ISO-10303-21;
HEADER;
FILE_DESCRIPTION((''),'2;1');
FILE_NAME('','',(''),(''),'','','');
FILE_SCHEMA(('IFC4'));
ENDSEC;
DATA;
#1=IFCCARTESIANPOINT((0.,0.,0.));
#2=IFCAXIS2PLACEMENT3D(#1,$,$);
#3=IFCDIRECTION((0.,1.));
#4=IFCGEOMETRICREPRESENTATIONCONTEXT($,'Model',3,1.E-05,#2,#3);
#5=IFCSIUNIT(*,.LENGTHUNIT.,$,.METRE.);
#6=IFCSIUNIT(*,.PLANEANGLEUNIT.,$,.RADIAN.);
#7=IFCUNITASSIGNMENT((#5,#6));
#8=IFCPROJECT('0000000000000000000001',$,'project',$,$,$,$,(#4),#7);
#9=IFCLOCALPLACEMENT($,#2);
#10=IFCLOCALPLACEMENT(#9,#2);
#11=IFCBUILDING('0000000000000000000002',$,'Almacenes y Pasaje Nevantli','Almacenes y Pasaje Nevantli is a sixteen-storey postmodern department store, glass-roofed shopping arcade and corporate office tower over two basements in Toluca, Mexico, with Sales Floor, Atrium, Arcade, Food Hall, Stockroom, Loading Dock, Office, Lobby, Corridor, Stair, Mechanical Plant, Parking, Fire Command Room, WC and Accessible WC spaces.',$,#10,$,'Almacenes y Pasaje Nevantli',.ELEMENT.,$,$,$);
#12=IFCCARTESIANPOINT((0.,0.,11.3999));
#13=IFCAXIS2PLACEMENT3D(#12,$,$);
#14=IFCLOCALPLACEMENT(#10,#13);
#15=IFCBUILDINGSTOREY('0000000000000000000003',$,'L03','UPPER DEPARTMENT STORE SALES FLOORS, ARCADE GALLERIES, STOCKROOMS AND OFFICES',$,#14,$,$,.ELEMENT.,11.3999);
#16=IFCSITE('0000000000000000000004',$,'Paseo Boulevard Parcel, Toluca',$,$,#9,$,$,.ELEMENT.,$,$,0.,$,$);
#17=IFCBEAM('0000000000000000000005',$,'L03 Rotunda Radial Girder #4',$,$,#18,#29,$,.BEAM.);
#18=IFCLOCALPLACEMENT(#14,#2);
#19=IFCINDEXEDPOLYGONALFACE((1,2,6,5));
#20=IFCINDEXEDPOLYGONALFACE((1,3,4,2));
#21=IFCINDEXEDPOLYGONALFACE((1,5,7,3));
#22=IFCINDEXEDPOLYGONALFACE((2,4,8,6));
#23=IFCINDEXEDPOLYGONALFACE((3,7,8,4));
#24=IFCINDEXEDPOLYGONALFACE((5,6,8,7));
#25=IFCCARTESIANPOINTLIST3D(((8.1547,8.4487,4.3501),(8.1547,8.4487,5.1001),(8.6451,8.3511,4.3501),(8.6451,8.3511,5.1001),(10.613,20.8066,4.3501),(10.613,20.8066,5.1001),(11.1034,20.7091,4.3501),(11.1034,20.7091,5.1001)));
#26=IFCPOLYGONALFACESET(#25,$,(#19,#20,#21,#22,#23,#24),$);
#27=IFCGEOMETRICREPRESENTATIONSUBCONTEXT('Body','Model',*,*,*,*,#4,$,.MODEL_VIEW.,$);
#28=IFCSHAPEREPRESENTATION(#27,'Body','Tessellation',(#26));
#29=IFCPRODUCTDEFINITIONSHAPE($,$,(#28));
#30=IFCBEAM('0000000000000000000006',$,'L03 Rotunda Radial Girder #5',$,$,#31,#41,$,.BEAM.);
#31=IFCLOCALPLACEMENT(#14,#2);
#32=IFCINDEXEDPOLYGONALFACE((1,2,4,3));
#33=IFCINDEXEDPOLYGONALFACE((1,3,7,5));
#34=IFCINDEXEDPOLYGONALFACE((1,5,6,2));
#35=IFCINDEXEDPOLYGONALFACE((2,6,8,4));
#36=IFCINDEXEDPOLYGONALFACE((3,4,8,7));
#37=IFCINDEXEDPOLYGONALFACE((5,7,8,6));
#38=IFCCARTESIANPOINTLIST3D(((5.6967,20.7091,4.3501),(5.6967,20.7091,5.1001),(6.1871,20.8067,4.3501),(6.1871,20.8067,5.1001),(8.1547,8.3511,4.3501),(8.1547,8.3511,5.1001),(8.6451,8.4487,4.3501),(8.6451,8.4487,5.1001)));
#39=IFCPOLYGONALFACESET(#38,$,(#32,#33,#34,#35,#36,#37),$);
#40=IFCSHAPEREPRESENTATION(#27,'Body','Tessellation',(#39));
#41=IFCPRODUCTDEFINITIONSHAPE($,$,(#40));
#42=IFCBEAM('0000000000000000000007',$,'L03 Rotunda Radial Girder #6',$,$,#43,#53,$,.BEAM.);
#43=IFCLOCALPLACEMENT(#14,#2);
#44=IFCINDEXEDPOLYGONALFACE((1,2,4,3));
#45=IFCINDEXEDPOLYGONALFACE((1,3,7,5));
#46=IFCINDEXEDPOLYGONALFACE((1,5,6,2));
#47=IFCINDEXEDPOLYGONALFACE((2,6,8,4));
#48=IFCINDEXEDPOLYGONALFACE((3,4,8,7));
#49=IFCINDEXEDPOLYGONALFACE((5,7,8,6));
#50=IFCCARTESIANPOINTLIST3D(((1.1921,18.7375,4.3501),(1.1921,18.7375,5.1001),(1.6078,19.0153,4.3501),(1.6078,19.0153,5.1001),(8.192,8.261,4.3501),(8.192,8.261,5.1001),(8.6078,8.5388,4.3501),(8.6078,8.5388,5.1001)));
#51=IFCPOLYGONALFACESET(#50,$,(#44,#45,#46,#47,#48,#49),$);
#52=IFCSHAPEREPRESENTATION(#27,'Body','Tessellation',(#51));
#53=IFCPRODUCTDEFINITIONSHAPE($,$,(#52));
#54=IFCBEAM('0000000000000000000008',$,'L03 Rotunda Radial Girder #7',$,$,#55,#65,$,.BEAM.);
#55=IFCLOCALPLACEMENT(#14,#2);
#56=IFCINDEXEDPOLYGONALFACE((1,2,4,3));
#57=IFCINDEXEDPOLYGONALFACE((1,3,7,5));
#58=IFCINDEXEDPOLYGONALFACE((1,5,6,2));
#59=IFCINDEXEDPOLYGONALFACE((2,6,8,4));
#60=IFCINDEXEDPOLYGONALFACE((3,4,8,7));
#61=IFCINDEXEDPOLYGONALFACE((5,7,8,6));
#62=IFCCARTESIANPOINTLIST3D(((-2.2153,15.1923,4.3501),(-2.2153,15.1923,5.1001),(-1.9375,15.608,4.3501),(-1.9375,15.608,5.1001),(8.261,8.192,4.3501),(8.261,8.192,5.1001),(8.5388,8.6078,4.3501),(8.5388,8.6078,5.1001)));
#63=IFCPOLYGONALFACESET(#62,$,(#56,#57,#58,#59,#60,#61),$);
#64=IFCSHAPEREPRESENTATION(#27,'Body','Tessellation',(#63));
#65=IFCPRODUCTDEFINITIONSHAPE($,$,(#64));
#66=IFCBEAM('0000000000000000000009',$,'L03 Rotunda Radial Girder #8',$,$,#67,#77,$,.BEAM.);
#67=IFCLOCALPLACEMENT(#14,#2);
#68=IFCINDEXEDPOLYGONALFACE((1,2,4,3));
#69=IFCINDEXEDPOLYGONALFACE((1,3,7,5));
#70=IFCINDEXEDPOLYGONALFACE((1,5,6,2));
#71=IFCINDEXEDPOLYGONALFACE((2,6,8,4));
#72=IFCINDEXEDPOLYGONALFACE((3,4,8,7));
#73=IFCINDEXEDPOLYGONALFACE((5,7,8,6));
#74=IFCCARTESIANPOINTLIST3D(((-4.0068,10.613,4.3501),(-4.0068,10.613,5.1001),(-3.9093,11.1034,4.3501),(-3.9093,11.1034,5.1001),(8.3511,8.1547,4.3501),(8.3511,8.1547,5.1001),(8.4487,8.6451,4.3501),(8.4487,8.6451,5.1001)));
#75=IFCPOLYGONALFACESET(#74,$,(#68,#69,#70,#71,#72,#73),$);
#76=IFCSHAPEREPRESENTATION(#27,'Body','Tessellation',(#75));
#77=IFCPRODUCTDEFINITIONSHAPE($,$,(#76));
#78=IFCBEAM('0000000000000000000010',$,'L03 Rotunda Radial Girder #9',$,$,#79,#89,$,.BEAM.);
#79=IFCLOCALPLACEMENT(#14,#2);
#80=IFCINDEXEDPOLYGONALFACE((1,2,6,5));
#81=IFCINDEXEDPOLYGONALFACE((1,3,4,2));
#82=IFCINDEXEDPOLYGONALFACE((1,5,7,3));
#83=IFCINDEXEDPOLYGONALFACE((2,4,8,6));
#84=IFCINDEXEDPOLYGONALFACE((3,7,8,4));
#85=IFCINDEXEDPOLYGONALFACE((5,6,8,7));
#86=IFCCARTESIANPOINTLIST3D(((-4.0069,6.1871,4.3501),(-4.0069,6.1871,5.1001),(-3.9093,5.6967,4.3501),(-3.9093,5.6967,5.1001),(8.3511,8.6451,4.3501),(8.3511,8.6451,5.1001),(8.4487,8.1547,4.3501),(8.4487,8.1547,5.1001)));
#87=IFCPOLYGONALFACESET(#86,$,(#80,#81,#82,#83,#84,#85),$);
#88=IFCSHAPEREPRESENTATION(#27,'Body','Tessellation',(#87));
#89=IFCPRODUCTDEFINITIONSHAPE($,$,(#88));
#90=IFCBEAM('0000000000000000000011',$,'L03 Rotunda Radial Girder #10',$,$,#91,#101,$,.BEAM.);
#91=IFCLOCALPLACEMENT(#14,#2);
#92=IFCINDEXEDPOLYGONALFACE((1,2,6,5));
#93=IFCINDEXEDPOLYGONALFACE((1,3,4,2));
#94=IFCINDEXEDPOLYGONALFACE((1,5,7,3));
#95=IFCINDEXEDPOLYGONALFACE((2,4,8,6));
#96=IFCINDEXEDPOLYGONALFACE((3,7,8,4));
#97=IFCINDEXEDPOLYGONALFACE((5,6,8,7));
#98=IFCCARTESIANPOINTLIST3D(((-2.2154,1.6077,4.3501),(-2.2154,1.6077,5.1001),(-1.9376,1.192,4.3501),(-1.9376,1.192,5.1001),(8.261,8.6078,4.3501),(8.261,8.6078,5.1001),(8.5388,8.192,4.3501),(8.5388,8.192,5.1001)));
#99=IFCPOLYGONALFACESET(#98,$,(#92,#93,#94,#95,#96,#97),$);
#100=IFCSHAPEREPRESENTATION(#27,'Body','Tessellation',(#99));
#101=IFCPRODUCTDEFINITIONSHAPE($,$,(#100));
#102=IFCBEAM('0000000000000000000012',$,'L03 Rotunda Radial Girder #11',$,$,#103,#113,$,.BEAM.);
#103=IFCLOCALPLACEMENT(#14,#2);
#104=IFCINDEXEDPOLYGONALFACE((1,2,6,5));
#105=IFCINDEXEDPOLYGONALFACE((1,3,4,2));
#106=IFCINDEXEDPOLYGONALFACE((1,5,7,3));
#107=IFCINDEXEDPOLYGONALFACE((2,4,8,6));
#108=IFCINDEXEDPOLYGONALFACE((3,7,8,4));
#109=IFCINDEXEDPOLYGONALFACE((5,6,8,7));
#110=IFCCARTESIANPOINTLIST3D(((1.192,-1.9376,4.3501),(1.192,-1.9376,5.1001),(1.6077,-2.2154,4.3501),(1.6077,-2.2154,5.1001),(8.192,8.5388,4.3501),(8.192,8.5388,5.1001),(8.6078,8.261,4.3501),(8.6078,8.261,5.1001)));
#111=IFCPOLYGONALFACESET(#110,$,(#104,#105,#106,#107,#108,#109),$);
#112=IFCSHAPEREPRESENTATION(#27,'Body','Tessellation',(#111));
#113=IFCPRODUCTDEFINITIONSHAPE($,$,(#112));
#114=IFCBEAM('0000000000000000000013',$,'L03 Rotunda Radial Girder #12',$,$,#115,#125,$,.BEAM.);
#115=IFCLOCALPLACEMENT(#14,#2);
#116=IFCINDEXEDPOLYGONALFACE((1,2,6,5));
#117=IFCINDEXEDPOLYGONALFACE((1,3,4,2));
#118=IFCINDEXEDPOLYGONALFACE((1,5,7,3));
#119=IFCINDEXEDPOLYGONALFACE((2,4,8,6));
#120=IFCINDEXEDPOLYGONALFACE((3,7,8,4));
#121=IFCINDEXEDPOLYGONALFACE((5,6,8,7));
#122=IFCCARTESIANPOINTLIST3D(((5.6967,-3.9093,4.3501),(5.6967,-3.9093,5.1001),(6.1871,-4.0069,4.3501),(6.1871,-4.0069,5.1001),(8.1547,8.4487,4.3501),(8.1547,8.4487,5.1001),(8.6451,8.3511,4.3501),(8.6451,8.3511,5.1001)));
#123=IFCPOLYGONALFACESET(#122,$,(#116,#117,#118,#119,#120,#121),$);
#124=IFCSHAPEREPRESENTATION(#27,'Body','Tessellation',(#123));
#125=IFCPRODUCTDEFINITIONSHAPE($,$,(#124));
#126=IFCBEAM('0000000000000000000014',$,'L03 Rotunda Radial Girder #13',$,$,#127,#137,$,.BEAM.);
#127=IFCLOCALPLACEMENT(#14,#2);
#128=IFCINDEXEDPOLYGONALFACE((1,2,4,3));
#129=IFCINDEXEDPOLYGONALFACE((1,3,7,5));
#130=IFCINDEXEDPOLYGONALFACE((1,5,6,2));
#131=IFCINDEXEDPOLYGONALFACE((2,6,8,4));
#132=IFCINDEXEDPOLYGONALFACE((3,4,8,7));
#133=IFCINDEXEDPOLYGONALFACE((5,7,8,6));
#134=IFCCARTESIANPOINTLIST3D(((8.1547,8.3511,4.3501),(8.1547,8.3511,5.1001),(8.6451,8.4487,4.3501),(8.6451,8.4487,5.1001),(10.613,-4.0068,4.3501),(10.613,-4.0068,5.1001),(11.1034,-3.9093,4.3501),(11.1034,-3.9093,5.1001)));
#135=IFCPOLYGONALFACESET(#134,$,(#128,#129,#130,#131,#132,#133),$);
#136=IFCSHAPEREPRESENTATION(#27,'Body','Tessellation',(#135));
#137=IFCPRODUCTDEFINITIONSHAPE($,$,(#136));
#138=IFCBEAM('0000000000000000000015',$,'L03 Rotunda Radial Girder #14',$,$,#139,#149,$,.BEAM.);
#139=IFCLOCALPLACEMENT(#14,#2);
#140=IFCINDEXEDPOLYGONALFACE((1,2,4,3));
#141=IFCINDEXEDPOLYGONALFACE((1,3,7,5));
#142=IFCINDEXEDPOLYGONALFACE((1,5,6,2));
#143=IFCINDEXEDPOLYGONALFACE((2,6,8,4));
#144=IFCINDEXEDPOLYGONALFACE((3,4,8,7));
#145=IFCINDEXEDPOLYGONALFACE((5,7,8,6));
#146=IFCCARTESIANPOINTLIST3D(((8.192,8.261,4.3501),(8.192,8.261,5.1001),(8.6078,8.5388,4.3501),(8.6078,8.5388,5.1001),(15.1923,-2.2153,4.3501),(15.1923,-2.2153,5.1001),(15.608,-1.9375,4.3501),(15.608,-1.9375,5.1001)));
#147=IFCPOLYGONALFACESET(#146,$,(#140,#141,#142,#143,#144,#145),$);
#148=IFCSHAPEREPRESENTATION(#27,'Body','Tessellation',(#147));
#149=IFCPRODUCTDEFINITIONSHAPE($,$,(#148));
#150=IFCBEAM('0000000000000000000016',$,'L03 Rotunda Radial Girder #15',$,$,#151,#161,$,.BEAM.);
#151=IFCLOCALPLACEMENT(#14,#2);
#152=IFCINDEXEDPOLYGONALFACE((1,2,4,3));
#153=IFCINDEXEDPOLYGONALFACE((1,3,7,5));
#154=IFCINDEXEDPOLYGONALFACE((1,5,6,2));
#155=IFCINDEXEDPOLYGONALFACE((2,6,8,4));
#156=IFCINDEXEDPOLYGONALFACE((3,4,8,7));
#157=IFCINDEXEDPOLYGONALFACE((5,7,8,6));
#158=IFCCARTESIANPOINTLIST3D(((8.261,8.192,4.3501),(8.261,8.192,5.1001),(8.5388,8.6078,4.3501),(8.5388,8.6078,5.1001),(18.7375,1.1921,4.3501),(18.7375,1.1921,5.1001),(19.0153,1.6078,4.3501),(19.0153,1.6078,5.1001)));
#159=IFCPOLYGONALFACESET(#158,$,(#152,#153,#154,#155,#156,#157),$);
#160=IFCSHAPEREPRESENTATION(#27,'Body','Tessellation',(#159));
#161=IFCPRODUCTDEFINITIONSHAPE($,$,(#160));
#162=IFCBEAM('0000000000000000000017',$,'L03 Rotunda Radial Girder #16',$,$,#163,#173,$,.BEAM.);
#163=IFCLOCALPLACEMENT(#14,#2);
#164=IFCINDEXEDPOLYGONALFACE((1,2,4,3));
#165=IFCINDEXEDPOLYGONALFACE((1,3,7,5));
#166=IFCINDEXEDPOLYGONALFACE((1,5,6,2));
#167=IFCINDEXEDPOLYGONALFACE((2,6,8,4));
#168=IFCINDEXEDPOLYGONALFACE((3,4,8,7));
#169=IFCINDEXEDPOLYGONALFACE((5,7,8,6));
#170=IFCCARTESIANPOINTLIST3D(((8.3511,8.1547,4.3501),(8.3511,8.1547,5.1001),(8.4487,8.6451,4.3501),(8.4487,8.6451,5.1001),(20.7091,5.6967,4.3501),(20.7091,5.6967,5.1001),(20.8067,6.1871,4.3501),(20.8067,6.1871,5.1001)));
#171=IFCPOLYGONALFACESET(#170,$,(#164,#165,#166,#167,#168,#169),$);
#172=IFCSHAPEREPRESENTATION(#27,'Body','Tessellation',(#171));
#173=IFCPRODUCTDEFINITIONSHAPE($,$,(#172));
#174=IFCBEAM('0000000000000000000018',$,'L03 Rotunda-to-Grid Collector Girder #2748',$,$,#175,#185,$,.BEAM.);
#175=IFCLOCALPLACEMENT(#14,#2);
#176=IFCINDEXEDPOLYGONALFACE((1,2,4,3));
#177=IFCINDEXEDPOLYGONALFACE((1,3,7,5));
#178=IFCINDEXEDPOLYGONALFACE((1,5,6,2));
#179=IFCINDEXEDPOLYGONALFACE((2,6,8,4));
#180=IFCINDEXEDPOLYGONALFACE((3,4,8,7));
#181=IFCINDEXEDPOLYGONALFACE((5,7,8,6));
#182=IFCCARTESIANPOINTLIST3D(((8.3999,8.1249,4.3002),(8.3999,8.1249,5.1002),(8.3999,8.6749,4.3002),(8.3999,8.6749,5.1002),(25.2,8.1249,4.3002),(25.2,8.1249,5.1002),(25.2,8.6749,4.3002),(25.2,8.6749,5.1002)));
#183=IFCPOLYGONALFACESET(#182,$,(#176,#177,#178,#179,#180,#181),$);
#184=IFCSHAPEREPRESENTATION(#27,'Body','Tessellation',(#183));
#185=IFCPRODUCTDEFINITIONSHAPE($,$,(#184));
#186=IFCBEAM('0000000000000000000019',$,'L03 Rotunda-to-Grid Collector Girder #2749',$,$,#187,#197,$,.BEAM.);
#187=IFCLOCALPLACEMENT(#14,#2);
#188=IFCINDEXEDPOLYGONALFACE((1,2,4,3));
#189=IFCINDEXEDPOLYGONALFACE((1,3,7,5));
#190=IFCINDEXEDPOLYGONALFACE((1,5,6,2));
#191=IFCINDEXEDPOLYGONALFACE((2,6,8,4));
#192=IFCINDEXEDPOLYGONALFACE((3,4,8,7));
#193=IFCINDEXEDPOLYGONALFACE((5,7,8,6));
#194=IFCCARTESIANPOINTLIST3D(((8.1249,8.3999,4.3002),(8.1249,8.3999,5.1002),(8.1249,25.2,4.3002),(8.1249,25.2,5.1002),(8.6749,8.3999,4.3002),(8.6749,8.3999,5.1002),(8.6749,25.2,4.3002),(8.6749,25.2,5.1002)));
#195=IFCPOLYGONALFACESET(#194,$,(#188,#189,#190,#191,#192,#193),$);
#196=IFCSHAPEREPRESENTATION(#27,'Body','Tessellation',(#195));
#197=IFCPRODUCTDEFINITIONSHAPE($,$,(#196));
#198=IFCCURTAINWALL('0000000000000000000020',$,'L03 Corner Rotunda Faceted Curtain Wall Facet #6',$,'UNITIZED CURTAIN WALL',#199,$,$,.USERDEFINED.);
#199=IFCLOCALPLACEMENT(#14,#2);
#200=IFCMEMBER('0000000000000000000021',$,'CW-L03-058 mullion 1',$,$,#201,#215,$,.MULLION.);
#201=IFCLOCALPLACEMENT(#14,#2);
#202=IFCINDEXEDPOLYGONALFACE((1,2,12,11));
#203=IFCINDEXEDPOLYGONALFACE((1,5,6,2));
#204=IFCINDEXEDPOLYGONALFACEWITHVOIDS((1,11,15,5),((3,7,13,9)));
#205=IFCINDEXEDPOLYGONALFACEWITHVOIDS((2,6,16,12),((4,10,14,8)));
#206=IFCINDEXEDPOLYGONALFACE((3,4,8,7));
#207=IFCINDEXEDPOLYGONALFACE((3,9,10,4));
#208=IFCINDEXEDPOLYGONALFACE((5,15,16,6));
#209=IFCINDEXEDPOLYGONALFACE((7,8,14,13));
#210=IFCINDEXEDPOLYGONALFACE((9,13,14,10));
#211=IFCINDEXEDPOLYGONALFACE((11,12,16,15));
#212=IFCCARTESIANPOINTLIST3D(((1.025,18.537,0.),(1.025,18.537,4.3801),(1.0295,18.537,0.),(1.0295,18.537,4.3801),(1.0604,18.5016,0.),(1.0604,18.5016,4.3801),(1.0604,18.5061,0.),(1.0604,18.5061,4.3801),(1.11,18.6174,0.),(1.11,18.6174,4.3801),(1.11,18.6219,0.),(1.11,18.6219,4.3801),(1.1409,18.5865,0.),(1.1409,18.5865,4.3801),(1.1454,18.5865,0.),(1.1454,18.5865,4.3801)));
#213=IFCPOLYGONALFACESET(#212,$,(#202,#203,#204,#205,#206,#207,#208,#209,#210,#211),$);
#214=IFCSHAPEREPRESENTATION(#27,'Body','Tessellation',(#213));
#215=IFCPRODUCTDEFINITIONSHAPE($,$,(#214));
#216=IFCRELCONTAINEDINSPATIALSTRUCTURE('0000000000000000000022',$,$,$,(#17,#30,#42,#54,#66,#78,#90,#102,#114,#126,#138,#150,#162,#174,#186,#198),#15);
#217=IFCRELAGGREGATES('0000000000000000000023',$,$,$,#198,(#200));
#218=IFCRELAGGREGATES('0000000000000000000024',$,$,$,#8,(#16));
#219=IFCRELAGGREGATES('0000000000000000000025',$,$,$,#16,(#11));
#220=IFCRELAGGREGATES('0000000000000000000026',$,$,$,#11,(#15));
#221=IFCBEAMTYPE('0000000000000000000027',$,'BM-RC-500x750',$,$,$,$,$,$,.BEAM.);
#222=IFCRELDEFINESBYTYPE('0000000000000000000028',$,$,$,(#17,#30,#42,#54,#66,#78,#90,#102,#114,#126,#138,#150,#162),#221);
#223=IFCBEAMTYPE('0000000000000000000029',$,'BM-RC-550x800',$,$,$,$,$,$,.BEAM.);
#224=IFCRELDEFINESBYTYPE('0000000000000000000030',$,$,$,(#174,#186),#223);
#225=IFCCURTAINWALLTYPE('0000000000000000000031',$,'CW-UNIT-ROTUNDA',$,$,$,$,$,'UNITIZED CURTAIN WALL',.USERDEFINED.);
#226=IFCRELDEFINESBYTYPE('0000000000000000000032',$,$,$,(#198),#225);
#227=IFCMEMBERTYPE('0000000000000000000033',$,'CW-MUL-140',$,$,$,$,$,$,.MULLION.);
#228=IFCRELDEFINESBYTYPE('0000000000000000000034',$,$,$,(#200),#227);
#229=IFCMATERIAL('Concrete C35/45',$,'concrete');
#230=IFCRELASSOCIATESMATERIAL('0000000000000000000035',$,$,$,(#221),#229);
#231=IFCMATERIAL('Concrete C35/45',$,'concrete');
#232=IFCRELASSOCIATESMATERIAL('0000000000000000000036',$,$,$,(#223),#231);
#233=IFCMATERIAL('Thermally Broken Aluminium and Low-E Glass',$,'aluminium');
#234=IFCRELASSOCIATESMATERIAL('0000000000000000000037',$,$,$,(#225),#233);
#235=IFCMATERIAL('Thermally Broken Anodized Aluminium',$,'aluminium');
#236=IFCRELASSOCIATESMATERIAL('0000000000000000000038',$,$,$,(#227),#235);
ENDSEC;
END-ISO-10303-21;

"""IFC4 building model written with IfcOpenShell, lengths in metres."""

from ifc_helpers import new_model, si_unit, direction, frame, origin, origin_2d, place, context, subcontext, project, spatial, rectangle, hollow_rectangle, extrude, material, material_profile, profile_set, type_object, element, aggregate, save


model = new_model("IFC4")

# Units and contexts
model_context = context("Model", 3, precision=1e-05, world=origin(), true_north=direction((0.0, 1.0)))
body_context = subcontext(model_context, "Body", "Model", "MODEL_VIEW")
ifc_project = project(units=[si_unit("LENGTHUNIT", "METRE"), si_unit("PLANEANGLEUNIT", "RADIAN")], contexts=[model_context])

# Site, building, storey
site_placement = place(None, origin())
site = spatial("IfcSite", under=ifc_project, at=site_placement, Name="Paseo Boulevard Parcel, Toluca", CompositionType="ELEMENT", RefElevation=0.0)
building_placement = place(site_placement, origin())
building = spatial("IfcBuilding", under=site, at=building_placement, Name="Almacenes y Pasaje Nevantli", Description="Almacenes y Pasaje Nevantli is a sixteen-storey postmodern department store, glass-roofed shopping arcade and corporate office tower over two basements in Toluca, Mexico, with Sales Floor, Atrium, Arcade, Food Hall, Stockroom, Loading Dock, Office, Lobby, Corridor, Stair, Mechanical Plant, Parking, Fire Command Room, WC and Accessible WC spaces.", LongName="Almacenes y Pasaje Nevantli", CompositionType="ELEMENT")
storey_placement = place(building_placement, frame((0.0, 0.0, 11.3999)))
storey = spatial("IfcBuildingStorey", under=building, at=storey_placement, Name="L03", Description="UPPER DEPARTMENT STORE SALES FLOORS, ARCADE GALLERIES, STOCKROOMS AND OFFICES", CompositionType="ELEMENT", Elevation=11.3999)

# Beams
ifc_material_1 = material(Name="Concrete C35/45", Category="concrete")
ifc_material_profile_1 = material_profile(ifc_material_1, rectangle(XDim=0.5, YDim=0.75, at=origin_2d()), Name="RC-BM-500x750")
ifc_profile_set_1 = profile_set([ifc_material_profile_1], Name="Concrete C35/45")
beam_type_1 = type_object("IfcBeamType", Name="BM-RC-500x750", PredefinedType="BEAM", material=ifc_profile_set_1)
for number, where, z_axis, x_axis, name in (
    (1, (8.3999, 8.3999, 4.7251), (0.195099, 0.980784, 0.0), (-0.980784, 0.195099, 0.0), "L03 Rotunda Radial Girder #4"),
    (2, (8.3999, 8.3999, 4.7251), (-0.19508, 0.980787, 0.0), (-0.980787, -0.19508, 0.0), "L03 Rotunda Radial Girder #5"),
):
    element("IfcBeam", number, at=place(storey_placement, frame(where, z_axis=z_axis, x_axis=x_axis)), inside=storey, type_object=beam_type_1, Name=name, PredefinedType="BEAM", context=body_context, shape_type="SweptSolid", body=[
        extrude(rectangle(XDim=0.5, YDim=0.75, at=origin_2d()), origin(), (0.0, 0.0, 1.0), 12.6001),
    ])
for number, where, z_axis, x_axis, name in (
    (3, (8.3999, 8.3999, 4.7251), (-0.555558, 0.831478, 0.0), (-0.831478, -0.555558, 0.0), "L03 Rotunda Radial Girder #6"),
    (4, (8.3999, 8.3999, 4.7251), (-0.831463, 0.555581, 0.0), (-0.555581, -0.831463, 0.0), "L03 Rotunda Radial Girder #7"),
):
    element("IfcBeam", number, at=place(storey_placement, frame(where, z_axis=z_axis, x_axis=x_axis)), inside=storey, type_object=beam_type_1, Name=name, PredefinedType="BEAM", context=body_context, shape_type="SweptSolid", body=[
        extrude(rectangle(XDim=0.5, YDim=0.75, at=origin_2d()), origin(), (0.0, 0.0, 1.0), 12.5999),
    ])
for number, where, z_axis, x_axis, name in (
    (5, (8.3999, 8.3999, 4.7251), (-0.980784, 0.195099, 0.0), (-0.195099, -0.980784, 0.0), "L03 Rotunda Radial Girder #8"),
    (6, (8.3999, 8.3999, 4.7251), (-0.980787, -0.19508, 0.0), (0.19508, -0.980787, 0.0), "L03 Rotunda Radial Girder #9"),
):
    element("IfcBeam", number, at=place(storey_placement, frame(where, z_axis=z_axis, x_axis=x_axis)), inside=storey, type_object=beam_type_1, Name=name, PredefinedType="BEAM", context=body_context, shape_type="SweptSolid", body=[
        extrude(rectangle(XDim=0.5, YDim=0.75, at=origin_2d()), origin(), (0.0, 0.0, 1.0), 12.6001),
    ])
for number, where, z_axis, x_axis, name in (
    (7, (8.3999, 8.3999, 4.7251), (-0.831472, -0.555567, 0.0), (0.555567, -0.831472, 0.0), "L03 Rotunda Radial Girder #10"),
    (8, (8.3999, 8.3999, 4.7251), (-0.555567, -0.831472, 0.0), (0.831472, -0.555567, 0.0), "L03 Rotunda Radial Girder #11"),
):
    element("IfcBeam", number, at=place(storey_placement, frame(where, z_axis=z_axis, x_axis=x_axis)), inside=storey, type_object=beam_type_1, Name=name, PredefinedType="BEAM", context=body_context, shape_type="SweptSolid", body=[
        extrude(rectangle(XDim=0.5, YDim=0.75, at=origin_2d()), origin(), (0.0, 0.0, 1.0), 12.5999),
    ])
for number, where, z_axis, x_axis, name in (
    (9, (8.3999, 8.3999, 4.7251), (-0.19508, -0.980787, 0.0), (0.980787, -0.19508, 0.0), "L03 Rotunda Radial Girder #12"),
    (10, (8.3999, 8.3999, 4.7251), (0.195099, -0.980784, 0.0), (0.980784, 0.195099, 0.0), "L03 Rotunda Radial Girder #13"),
):
    element("IfcBeam", number, at=place(storey_placement, frame(where, z_axis=z_axis, x_axis=x_axis)), inside=storey, type_object=beam_type_1, Name=name, PredefinedType="BEAM", context=body_context, shape_type="SweptSolid", body=[
        extrude(rectangle(XDim=0.5, YDim=0.75, at=origin_2d()), origin(), (0.0, 0.0, 1.0), 12.6001),
    ])
for number, where, z_axis, x_axis, name in (
    (11, (8.3999, 8.3999, 4.7251), (0.555581, -0.831463, 0.0), (0.831463, 0.555581, 0.0), "L03 Rotunda Radial Girder #14"),
    (12, (8.3999, 8.3999, 4.7251), (0.831478, -0.555558, 0.0), (0.555558, 0.831478, 0.0), "L03 Rotunda Radial Girder #15"),
):
    element("IfcBeam", number, at=place(storey_placement, frame(where, z_axis=z_axis, x_axis=x_axis)), inside=storey, type_object=beam_type_1, Name=name, PredefinedType="BEAM", context=body_context, shape_type="SweptSolid", body=[
        extrude(rectangle(XDim=0.5, YDim=0.75, at=origin_2d()), origin(), (0.0, 0.0, 1.0), 12.5999),
    ])
beam_placement = place(storey_placement, frame((8.3999, 8.3999, 4.7251), z_axis=(0.980787, -0.19508, 0.0), x_axis=(0.19508, 0.980787, 0.0)))
element("IfcBeam", 13, at=beam_placement, inside=storey, type_object=beam_type_1, Name="L03 Rotunda Radial Girder #16", PredefinedType="BEAM", context=body_context, shape_type="SweptSolid", body=[
    extrude(rectangle(XDim=0.5, YDim=0.75, at=origin_2d()), origin(), (0.0, 0.0, 1.0), 12.6001),
])
ifc_material_2 = material(Name="Concrete C35/45", Category="concrete")
ifc_material_profile_2 = material_profile(ifc_material_2, rectangle(XDim=0.55, YDim=0.8, at=origin_2d()), Name="RC-BM-550x800")
ifc_profile_set_2 = profile_set([ifc_material_profile_2], Name="Concrete C35/45")
beam_type_2 = type_object("IfcBeamType", Name="BM-RC-550x800", PredefinedType="BEAM", material=ifc_profile_set_2)
for number, where, z_axis, x_axis, name in (
    (14, (8.3999, 8.3999, 4.7002), (1.0, 0.0, 0.0), (0.0, 1.0, 0.0), "L03 Rotunda-to-Grid Collector Girder #2748"),
    (15, (8.3999, 8.3999, 4.7002), (0.0, 1.0, 0.0), (-1.0, 0.0, 0.0), "L03 Rotunda-to-Grid Collector Girder #2749"),
):
    element("IfcBeam", number, at=place(storey_placement, frame(where, z_axis=z_axis, x_axis=x_axis)), inside=storey, type_object=beam_type_2, Name=name, PredefinedType="BEAM", context=body_context, shape_type="SweptSolid", body=[
        extrude(rectangle(XDim=0.55, YDim=0.8, at=origin_2d()), origin(), (0.0, 0.0, 1.0), 16.8),
    ])

# Curtain wall, member
ifc_material_3 = material(Name="Thermally Broken Aluminium and Low-E Glass", Category="aluminium")
curtain_wall_type = type_object("IfcCurtainWallType", Name="CW-UNIT-ROTUNDA", ElementType="UNITIZED CURTAIN WALL", PredefinedType="USERDEFINED", material=ifc_material_3)
curtain_wall_1_placement = place(storey_placement, origin())
curtain_wall_1 = element("IfcCurtainWall", 16, at=curtain_wall_1_placement, inside=storey, type_object=curtain_wall_type, Name="L03 Corner Rotunda Faceted Curtain Wall Facet #6", ObjectType="UNITIZED CURTAIN WALL", PredefinedType="USERDEFINED")
ifc_material_4 = material(Name="Thermally Broken Anodized Aluminium", Category="aluminium")
ifc_material_profile_3 = material_profile(ifc_material_4, hollow_rectangle(XDim=0.05, YDim=0.1201, WallThickness=0.0032, at=origin_2d()), Name="ALU-MUL-50x120")
ifc_profile_set_3 = profile_set([ifc_material_profile_3], Name="Thermally Broken Anodized Aluminium")
member_type_1 = type_object("IfcMemberType", Name="CW-MUL-140", PredefinedType="MULLION", material=ifc_profile_set_3)
member_1_placement = place(storey_placement, frame((1.0852, 18.5618, 0.0), z_axis=(0.0, 0.0, 1.0), x_axis=(0.707107, -0.707107, 0.0)))
member_1 = element("IfcMember", 17, at=member_1_placement, type_object=member_type_1, Name="CW-L03-058 mullion 1", PredefinedType="MULLION", context=body_context, shape_type="SweptSolid", body=[
    extrude(hollow_rectangle(XDim=0.05, YDim=0.1201, WallThickness=0.0032, at=origin_2d()), origin(), (0.0, 0.0, 1.0), 4.3801),
])
aggregate(curtain_wall_1, [member_1])

save(model, "model.ifc")
